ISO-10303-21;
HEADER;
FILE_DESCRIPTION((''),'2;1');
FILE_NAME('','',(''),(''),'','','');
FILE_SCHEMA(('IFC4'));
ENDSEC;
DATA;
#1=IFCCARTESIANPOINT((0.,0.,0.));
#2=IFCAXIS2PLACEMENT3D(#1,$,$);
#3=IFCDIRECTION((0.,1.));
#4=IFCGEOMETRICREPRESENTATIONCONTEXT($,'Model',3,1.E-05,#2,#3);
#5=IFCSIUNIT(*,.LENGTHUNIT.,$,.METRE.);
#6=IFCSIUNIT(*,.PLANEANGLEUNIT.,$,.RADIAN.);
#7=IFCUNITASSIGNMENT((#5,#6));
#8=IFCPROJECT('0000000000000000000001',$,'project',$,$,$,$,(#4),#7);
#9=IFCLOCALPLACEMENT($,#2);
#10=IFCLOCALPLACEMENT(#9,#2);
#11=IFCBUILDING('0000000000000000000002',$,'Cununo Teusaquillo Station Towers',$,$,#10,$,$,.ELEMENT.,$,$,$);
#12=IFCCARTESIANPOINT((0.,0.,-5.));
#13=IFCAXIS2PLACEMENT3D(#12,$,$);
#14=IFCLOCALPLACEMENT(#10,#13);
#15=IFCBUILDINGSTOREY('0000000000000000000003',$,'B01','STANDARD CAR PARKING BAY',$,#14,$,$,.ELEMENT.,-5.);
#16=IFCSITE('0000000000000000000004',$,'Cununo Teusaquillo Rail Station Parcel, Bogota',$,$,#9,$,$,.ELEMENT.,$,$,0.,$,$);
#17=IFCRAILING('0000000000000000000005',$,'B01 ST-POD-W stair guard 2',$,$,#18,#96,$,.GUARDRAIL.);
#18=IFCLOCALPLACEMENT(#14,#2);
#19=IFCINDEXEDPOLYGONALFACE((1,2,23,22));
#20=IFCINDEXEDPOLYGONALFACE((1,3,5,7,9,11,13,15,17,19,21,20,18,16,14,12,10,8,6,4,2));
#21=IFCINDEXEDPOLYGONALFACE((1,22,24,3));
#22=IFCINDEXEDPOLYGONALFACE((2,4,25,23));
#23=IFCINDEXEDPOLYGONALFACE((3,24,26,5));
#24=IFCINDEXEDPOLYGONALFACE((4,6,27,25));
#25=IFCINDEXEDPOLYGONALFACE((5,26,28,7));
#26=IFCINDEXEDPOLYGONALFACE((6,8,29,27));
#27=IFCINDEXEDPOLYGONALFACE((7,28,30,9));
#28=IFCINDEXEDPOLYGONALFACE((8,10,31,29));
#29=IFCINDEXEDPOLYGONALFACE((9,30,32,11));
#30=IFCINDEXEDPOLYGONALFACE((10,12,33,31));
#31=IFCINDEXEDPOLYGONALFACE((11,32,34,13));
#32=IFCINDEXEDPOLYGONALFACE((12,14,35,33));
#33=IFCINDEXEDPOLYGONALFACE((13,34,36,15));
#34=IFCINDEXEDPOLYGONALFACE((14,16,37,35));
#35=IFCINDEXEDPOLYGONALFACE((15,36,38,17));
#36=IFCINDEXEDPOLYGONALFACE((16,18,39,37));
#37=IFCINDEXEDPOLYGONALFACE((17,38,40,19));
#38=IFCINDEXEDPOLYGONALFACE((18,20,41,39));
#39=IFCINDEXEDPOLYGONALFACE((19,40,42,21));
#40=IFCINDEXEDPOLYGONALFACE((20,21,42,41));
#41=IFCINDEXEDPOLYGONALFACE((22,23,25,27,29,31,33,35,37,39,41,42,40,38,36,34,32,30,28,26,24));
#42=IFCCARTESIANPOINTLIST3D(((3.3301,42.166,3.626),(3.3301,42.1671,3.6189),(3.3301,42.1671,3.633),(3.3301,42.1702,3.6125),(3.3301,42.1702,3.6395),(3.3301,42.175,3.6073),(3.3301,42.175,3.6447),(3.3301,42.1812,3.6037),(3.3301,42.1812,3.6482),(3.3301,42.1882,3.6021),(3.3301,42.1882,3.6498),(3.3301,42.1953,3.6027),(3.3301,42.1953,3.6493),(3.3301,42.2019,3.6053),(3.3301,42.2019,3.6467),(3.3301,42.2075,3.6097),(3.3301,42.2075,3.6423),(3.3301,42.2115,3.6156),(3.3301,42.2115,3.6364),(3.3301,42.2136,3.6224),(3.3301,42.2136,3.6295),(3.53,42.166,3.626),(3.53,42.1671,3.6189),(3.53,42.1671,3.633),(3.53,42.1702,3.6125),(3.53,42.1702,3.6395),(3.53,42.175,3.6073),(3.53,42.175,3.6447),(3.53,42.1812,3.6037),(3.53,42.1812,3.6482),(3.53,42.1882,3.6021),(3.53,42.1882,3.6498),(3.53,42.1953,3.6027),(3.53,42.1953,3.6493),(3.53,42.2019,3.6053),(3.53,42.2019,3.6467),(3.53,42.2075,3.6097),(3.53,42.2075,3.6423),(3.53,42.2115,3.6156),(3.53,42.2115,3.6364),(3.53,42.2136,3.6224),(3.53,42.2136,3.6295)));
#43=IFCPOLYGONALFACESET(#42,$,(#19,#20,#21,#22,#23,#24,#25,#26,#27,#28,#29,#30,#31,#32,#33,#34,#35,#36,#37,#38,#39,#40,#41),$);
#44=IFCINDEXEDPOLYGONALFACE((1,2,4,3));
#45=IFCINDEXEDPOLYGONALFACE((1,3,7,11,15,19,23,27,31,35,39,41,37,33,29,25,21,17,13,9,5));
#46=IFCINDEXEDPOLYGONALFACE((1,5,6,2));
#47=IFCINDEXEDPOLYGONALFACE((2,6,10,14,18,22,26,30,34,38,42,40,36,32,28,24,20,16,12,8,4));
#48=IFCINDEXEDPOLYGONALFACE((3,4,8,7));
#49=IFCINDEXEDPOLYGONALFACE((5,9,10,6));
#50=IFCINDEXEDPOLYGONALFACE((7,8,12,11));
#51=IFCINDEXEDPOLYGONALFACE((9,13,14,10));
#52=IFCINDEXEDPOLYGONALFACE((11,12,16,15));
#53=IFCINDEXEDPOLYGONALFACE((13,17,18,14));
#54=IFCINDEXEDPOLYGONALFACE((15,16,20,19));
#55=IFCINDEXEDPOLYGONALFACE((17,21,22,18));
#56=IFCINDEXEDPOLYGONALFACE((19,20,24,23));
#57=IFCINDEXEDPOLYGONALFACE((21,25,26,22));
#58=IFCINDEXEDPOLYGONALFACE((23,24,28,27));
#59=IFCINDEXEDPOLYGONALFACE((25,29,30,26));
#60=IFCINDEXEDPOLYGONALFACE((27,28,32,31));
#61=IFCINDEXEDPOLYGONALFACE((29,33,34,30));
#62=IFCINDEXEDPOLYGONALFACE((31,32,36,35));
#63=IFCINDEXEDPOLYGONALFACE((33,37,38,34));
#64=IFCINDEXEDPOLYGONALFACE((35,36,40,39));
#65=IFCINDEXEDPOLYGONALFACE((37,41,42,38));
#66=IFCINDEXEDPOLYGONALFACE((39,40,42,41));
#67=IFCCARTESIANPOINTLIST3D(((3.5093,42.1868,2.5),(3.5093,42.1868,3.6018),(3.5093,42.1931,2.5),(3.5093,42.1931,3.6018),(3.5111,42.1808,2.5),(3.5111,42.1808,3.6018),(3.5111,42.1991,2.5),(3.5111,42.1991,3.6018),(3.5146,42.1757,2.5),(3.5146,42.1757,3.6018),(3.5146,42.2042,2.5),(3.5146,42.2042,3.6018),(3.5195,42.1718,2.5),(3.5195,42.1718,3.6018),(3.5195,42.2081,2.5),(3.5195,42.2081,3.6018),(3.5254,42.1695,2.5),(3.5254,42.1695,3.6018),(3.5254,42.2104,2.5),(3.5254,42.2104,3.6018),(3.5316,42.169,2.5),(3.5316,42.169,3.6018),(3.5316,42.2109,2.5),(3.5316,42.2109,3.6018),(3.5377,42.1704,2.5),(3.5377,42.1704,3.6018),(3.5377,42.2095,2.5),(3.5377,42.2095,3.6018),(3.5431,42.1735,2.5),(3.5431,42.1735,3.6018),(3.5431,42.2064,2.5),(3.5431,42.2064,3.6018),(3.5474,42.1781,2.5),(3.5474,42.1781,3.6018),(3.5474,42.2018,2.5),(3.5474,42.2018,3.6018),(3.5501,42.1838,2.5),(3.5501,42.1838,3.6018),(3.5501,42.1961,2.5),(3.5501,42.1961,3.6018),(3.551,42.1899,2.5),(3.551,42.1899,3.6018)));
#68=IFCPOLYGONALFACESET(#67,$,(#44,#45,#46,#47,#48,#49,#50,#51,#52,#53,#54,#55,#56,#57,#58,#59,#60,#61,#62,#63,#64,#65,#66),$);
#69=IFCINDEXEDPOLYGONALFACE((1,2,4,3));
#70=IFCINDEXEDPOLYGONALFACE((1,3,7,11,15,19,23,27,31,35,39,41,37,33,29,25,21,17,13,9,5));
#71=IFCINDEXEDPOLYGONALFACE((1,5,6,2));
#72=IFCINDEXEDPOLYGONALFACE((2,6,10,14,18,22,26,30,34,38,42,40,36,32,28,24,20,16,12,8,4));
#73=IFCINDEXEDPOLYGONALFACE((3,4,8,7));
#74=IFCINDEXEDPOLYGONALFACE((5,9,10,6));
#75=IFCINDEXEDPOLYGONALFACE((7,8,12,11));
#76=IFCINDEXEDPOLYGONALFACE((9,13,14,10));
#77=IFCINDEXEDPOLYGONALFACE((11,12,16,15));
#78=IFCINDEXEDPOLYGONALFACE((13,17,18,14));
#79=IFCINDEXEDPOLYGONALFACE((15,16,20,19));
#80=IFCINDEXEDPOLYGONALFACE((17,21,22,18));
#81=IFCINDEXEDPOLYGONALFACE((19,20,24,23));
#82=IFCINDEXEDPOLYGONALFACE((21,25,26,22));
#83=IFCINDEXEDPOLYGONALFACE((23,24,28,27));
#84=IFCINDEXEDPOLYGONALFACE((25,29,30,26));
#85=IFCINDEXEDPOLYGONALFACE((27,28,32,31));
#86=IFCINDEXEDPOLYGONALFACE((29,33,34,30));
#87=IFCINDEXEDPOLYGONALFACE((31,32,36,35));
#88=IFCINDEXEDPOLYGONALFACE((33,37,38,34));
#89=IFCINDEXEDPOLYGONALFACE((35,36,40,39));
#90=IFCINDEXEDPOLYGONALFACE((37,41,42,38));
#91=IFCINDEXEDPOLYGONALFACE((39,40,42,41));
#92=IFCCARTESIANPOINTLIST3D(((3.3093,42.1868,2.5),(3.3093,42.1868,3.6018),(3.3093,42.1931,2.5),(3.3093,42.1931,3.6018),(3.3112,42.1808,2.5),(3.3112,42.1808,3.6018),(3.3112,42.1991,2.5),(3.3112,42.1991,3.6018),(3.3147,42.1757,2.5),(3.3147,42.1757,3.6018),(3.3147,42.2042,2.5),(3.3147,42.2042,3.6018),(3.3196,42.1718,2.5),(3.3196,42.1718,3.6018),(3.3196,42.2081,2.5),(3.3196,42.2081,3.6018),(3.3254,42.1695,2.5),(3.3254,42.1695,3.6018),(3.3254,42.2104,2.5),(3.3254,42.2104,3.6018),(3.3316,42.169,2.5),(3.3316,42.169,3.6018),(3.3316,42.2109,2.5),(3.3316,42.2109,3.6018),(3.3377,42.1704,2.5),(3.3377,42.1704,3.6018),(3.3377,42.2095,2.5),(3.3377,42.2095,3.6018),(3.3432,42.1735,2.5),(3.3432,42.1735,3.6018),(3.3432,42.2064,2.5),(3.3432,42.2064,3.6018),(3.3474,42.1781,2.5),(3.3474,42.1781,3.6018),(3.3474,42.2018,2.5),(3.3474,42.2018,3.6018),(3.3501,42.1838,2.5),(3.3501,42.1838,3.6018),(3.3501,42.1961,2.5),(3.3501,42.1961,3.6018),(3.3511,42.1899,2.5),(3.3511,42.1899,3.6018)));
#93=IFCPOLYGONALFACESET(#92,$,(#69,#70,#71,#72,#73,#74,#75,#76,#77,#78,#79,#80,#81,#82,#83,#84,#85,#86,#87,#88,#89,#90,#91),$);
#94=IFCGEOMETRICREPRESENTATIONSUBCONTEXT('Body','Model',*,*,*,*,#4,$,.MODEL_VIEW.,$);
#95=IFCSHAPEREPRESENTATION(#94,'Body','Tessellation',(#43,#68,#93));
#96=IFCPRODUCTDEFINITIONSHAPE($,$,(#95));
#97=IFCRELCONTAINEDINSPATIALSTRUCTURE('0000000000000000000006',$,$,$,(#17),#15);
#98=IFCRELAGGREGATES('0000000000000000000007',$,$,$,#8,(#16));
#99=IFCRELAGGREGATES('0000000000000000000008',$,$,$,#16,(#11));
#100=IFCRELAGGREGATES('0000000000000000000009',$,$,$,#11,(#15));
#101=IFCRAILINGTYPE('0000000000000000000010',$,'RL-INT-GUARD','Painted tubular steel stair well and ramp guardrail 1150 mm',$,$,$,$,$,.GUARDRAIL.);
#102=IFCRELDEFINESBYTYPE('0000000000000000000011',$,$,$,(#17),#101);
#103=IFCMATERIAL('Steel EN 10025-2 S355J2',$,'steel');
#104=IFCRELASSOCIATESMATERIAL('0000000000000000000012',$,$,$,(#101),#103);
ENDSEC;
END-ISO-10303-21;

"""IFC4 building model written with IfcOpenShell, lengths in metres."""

from ifc_helpers import new_model, si_unit, direction, frame, origin, origin_2d, place, context, subcontext, project, spatial, circle, extrude, material, type_object, element, save


model = new_model("IFC4")

# Units and contexts
model_context = context("Model", 3, precision=1e-05, world=origin(), true_north=direction((0.0, 1.0)))
body_context = subcontext(model_context, "Body", "Model", "MODEL_VIEW")
ifc_project = project(units=[si_unit("LENGTHUNIT", "METRE"), si_unit("PLANEANGLEUNIT", "RADIAN")], contexts=[model_context])

# Site, building, storey
site_placement = place(None, origin())
site = spatial("IfcSite", under=ifc_project, at=site_placement, Name="Cununo Teusaquillo Rail Station Parcel, Bogota", CompositionType="ELEMENT", RefElevation=0.0)
building_placement = place(site_placement, origin())
building = spatial("IfcBuilding", under=site, at=building_placement, Name="Cununo Teusaquillo Station Towers", CompositionType="ELEMENT")
storey_placement = place(building_placement, frame((0.0, 0.0, -5.0)))
storey = spatial("IfcBuildingStorey", under=building, at=storey_placement, Name="B01", Description="STANDARD CAR PARKING BAY", CompositionType="ELEMENT", Elevation=-5.0)

# Railing
ifc_material_1 = material(Name="Steel EN 10025-2 S355J2", Category="steel")
railing_type_1 = type_object("IfcRailingType", Name="RL-INT-GUARD", Description="Painted tubular steel stair well and ramp guardrail 1150 mm", PredefinedType="GUARDRAIL", material=ifc_material_1)
railing_1_placement = place(storey_placement, frame((3.53, 42.1899, 2.5)))
element("IfcRailing", 1, at=railing_1_placement, inside=storey, type_object=railing_type_1, Name="B01 ST-POD-W stair guard 2", PredefinedType="GUARDRAIL", context=body_context, shape_type="SweptSolid", body=[
    extrude(circle(Radius=0.0239, at=origin_2d()), frame((0.0, 0.0, 1.126), z_axis=(-1.0, 0.0, 0.0), x_axis=(0.0, -1.0, 0.0)), (0.0, 0.0, 1.0), 0.2),
    extrude(circle(Radius=0.021, at=origin_2d()), origin(), (0.0, 0.0, 1.0), 1.1018),
    extrude(circle(Radius=0.021, at=origin_2d()), frame((-0.2, 0.0, 0.0)), (0.0, 0.0, 1.0), 1.1018),
])

save(model, "model.ifc")
